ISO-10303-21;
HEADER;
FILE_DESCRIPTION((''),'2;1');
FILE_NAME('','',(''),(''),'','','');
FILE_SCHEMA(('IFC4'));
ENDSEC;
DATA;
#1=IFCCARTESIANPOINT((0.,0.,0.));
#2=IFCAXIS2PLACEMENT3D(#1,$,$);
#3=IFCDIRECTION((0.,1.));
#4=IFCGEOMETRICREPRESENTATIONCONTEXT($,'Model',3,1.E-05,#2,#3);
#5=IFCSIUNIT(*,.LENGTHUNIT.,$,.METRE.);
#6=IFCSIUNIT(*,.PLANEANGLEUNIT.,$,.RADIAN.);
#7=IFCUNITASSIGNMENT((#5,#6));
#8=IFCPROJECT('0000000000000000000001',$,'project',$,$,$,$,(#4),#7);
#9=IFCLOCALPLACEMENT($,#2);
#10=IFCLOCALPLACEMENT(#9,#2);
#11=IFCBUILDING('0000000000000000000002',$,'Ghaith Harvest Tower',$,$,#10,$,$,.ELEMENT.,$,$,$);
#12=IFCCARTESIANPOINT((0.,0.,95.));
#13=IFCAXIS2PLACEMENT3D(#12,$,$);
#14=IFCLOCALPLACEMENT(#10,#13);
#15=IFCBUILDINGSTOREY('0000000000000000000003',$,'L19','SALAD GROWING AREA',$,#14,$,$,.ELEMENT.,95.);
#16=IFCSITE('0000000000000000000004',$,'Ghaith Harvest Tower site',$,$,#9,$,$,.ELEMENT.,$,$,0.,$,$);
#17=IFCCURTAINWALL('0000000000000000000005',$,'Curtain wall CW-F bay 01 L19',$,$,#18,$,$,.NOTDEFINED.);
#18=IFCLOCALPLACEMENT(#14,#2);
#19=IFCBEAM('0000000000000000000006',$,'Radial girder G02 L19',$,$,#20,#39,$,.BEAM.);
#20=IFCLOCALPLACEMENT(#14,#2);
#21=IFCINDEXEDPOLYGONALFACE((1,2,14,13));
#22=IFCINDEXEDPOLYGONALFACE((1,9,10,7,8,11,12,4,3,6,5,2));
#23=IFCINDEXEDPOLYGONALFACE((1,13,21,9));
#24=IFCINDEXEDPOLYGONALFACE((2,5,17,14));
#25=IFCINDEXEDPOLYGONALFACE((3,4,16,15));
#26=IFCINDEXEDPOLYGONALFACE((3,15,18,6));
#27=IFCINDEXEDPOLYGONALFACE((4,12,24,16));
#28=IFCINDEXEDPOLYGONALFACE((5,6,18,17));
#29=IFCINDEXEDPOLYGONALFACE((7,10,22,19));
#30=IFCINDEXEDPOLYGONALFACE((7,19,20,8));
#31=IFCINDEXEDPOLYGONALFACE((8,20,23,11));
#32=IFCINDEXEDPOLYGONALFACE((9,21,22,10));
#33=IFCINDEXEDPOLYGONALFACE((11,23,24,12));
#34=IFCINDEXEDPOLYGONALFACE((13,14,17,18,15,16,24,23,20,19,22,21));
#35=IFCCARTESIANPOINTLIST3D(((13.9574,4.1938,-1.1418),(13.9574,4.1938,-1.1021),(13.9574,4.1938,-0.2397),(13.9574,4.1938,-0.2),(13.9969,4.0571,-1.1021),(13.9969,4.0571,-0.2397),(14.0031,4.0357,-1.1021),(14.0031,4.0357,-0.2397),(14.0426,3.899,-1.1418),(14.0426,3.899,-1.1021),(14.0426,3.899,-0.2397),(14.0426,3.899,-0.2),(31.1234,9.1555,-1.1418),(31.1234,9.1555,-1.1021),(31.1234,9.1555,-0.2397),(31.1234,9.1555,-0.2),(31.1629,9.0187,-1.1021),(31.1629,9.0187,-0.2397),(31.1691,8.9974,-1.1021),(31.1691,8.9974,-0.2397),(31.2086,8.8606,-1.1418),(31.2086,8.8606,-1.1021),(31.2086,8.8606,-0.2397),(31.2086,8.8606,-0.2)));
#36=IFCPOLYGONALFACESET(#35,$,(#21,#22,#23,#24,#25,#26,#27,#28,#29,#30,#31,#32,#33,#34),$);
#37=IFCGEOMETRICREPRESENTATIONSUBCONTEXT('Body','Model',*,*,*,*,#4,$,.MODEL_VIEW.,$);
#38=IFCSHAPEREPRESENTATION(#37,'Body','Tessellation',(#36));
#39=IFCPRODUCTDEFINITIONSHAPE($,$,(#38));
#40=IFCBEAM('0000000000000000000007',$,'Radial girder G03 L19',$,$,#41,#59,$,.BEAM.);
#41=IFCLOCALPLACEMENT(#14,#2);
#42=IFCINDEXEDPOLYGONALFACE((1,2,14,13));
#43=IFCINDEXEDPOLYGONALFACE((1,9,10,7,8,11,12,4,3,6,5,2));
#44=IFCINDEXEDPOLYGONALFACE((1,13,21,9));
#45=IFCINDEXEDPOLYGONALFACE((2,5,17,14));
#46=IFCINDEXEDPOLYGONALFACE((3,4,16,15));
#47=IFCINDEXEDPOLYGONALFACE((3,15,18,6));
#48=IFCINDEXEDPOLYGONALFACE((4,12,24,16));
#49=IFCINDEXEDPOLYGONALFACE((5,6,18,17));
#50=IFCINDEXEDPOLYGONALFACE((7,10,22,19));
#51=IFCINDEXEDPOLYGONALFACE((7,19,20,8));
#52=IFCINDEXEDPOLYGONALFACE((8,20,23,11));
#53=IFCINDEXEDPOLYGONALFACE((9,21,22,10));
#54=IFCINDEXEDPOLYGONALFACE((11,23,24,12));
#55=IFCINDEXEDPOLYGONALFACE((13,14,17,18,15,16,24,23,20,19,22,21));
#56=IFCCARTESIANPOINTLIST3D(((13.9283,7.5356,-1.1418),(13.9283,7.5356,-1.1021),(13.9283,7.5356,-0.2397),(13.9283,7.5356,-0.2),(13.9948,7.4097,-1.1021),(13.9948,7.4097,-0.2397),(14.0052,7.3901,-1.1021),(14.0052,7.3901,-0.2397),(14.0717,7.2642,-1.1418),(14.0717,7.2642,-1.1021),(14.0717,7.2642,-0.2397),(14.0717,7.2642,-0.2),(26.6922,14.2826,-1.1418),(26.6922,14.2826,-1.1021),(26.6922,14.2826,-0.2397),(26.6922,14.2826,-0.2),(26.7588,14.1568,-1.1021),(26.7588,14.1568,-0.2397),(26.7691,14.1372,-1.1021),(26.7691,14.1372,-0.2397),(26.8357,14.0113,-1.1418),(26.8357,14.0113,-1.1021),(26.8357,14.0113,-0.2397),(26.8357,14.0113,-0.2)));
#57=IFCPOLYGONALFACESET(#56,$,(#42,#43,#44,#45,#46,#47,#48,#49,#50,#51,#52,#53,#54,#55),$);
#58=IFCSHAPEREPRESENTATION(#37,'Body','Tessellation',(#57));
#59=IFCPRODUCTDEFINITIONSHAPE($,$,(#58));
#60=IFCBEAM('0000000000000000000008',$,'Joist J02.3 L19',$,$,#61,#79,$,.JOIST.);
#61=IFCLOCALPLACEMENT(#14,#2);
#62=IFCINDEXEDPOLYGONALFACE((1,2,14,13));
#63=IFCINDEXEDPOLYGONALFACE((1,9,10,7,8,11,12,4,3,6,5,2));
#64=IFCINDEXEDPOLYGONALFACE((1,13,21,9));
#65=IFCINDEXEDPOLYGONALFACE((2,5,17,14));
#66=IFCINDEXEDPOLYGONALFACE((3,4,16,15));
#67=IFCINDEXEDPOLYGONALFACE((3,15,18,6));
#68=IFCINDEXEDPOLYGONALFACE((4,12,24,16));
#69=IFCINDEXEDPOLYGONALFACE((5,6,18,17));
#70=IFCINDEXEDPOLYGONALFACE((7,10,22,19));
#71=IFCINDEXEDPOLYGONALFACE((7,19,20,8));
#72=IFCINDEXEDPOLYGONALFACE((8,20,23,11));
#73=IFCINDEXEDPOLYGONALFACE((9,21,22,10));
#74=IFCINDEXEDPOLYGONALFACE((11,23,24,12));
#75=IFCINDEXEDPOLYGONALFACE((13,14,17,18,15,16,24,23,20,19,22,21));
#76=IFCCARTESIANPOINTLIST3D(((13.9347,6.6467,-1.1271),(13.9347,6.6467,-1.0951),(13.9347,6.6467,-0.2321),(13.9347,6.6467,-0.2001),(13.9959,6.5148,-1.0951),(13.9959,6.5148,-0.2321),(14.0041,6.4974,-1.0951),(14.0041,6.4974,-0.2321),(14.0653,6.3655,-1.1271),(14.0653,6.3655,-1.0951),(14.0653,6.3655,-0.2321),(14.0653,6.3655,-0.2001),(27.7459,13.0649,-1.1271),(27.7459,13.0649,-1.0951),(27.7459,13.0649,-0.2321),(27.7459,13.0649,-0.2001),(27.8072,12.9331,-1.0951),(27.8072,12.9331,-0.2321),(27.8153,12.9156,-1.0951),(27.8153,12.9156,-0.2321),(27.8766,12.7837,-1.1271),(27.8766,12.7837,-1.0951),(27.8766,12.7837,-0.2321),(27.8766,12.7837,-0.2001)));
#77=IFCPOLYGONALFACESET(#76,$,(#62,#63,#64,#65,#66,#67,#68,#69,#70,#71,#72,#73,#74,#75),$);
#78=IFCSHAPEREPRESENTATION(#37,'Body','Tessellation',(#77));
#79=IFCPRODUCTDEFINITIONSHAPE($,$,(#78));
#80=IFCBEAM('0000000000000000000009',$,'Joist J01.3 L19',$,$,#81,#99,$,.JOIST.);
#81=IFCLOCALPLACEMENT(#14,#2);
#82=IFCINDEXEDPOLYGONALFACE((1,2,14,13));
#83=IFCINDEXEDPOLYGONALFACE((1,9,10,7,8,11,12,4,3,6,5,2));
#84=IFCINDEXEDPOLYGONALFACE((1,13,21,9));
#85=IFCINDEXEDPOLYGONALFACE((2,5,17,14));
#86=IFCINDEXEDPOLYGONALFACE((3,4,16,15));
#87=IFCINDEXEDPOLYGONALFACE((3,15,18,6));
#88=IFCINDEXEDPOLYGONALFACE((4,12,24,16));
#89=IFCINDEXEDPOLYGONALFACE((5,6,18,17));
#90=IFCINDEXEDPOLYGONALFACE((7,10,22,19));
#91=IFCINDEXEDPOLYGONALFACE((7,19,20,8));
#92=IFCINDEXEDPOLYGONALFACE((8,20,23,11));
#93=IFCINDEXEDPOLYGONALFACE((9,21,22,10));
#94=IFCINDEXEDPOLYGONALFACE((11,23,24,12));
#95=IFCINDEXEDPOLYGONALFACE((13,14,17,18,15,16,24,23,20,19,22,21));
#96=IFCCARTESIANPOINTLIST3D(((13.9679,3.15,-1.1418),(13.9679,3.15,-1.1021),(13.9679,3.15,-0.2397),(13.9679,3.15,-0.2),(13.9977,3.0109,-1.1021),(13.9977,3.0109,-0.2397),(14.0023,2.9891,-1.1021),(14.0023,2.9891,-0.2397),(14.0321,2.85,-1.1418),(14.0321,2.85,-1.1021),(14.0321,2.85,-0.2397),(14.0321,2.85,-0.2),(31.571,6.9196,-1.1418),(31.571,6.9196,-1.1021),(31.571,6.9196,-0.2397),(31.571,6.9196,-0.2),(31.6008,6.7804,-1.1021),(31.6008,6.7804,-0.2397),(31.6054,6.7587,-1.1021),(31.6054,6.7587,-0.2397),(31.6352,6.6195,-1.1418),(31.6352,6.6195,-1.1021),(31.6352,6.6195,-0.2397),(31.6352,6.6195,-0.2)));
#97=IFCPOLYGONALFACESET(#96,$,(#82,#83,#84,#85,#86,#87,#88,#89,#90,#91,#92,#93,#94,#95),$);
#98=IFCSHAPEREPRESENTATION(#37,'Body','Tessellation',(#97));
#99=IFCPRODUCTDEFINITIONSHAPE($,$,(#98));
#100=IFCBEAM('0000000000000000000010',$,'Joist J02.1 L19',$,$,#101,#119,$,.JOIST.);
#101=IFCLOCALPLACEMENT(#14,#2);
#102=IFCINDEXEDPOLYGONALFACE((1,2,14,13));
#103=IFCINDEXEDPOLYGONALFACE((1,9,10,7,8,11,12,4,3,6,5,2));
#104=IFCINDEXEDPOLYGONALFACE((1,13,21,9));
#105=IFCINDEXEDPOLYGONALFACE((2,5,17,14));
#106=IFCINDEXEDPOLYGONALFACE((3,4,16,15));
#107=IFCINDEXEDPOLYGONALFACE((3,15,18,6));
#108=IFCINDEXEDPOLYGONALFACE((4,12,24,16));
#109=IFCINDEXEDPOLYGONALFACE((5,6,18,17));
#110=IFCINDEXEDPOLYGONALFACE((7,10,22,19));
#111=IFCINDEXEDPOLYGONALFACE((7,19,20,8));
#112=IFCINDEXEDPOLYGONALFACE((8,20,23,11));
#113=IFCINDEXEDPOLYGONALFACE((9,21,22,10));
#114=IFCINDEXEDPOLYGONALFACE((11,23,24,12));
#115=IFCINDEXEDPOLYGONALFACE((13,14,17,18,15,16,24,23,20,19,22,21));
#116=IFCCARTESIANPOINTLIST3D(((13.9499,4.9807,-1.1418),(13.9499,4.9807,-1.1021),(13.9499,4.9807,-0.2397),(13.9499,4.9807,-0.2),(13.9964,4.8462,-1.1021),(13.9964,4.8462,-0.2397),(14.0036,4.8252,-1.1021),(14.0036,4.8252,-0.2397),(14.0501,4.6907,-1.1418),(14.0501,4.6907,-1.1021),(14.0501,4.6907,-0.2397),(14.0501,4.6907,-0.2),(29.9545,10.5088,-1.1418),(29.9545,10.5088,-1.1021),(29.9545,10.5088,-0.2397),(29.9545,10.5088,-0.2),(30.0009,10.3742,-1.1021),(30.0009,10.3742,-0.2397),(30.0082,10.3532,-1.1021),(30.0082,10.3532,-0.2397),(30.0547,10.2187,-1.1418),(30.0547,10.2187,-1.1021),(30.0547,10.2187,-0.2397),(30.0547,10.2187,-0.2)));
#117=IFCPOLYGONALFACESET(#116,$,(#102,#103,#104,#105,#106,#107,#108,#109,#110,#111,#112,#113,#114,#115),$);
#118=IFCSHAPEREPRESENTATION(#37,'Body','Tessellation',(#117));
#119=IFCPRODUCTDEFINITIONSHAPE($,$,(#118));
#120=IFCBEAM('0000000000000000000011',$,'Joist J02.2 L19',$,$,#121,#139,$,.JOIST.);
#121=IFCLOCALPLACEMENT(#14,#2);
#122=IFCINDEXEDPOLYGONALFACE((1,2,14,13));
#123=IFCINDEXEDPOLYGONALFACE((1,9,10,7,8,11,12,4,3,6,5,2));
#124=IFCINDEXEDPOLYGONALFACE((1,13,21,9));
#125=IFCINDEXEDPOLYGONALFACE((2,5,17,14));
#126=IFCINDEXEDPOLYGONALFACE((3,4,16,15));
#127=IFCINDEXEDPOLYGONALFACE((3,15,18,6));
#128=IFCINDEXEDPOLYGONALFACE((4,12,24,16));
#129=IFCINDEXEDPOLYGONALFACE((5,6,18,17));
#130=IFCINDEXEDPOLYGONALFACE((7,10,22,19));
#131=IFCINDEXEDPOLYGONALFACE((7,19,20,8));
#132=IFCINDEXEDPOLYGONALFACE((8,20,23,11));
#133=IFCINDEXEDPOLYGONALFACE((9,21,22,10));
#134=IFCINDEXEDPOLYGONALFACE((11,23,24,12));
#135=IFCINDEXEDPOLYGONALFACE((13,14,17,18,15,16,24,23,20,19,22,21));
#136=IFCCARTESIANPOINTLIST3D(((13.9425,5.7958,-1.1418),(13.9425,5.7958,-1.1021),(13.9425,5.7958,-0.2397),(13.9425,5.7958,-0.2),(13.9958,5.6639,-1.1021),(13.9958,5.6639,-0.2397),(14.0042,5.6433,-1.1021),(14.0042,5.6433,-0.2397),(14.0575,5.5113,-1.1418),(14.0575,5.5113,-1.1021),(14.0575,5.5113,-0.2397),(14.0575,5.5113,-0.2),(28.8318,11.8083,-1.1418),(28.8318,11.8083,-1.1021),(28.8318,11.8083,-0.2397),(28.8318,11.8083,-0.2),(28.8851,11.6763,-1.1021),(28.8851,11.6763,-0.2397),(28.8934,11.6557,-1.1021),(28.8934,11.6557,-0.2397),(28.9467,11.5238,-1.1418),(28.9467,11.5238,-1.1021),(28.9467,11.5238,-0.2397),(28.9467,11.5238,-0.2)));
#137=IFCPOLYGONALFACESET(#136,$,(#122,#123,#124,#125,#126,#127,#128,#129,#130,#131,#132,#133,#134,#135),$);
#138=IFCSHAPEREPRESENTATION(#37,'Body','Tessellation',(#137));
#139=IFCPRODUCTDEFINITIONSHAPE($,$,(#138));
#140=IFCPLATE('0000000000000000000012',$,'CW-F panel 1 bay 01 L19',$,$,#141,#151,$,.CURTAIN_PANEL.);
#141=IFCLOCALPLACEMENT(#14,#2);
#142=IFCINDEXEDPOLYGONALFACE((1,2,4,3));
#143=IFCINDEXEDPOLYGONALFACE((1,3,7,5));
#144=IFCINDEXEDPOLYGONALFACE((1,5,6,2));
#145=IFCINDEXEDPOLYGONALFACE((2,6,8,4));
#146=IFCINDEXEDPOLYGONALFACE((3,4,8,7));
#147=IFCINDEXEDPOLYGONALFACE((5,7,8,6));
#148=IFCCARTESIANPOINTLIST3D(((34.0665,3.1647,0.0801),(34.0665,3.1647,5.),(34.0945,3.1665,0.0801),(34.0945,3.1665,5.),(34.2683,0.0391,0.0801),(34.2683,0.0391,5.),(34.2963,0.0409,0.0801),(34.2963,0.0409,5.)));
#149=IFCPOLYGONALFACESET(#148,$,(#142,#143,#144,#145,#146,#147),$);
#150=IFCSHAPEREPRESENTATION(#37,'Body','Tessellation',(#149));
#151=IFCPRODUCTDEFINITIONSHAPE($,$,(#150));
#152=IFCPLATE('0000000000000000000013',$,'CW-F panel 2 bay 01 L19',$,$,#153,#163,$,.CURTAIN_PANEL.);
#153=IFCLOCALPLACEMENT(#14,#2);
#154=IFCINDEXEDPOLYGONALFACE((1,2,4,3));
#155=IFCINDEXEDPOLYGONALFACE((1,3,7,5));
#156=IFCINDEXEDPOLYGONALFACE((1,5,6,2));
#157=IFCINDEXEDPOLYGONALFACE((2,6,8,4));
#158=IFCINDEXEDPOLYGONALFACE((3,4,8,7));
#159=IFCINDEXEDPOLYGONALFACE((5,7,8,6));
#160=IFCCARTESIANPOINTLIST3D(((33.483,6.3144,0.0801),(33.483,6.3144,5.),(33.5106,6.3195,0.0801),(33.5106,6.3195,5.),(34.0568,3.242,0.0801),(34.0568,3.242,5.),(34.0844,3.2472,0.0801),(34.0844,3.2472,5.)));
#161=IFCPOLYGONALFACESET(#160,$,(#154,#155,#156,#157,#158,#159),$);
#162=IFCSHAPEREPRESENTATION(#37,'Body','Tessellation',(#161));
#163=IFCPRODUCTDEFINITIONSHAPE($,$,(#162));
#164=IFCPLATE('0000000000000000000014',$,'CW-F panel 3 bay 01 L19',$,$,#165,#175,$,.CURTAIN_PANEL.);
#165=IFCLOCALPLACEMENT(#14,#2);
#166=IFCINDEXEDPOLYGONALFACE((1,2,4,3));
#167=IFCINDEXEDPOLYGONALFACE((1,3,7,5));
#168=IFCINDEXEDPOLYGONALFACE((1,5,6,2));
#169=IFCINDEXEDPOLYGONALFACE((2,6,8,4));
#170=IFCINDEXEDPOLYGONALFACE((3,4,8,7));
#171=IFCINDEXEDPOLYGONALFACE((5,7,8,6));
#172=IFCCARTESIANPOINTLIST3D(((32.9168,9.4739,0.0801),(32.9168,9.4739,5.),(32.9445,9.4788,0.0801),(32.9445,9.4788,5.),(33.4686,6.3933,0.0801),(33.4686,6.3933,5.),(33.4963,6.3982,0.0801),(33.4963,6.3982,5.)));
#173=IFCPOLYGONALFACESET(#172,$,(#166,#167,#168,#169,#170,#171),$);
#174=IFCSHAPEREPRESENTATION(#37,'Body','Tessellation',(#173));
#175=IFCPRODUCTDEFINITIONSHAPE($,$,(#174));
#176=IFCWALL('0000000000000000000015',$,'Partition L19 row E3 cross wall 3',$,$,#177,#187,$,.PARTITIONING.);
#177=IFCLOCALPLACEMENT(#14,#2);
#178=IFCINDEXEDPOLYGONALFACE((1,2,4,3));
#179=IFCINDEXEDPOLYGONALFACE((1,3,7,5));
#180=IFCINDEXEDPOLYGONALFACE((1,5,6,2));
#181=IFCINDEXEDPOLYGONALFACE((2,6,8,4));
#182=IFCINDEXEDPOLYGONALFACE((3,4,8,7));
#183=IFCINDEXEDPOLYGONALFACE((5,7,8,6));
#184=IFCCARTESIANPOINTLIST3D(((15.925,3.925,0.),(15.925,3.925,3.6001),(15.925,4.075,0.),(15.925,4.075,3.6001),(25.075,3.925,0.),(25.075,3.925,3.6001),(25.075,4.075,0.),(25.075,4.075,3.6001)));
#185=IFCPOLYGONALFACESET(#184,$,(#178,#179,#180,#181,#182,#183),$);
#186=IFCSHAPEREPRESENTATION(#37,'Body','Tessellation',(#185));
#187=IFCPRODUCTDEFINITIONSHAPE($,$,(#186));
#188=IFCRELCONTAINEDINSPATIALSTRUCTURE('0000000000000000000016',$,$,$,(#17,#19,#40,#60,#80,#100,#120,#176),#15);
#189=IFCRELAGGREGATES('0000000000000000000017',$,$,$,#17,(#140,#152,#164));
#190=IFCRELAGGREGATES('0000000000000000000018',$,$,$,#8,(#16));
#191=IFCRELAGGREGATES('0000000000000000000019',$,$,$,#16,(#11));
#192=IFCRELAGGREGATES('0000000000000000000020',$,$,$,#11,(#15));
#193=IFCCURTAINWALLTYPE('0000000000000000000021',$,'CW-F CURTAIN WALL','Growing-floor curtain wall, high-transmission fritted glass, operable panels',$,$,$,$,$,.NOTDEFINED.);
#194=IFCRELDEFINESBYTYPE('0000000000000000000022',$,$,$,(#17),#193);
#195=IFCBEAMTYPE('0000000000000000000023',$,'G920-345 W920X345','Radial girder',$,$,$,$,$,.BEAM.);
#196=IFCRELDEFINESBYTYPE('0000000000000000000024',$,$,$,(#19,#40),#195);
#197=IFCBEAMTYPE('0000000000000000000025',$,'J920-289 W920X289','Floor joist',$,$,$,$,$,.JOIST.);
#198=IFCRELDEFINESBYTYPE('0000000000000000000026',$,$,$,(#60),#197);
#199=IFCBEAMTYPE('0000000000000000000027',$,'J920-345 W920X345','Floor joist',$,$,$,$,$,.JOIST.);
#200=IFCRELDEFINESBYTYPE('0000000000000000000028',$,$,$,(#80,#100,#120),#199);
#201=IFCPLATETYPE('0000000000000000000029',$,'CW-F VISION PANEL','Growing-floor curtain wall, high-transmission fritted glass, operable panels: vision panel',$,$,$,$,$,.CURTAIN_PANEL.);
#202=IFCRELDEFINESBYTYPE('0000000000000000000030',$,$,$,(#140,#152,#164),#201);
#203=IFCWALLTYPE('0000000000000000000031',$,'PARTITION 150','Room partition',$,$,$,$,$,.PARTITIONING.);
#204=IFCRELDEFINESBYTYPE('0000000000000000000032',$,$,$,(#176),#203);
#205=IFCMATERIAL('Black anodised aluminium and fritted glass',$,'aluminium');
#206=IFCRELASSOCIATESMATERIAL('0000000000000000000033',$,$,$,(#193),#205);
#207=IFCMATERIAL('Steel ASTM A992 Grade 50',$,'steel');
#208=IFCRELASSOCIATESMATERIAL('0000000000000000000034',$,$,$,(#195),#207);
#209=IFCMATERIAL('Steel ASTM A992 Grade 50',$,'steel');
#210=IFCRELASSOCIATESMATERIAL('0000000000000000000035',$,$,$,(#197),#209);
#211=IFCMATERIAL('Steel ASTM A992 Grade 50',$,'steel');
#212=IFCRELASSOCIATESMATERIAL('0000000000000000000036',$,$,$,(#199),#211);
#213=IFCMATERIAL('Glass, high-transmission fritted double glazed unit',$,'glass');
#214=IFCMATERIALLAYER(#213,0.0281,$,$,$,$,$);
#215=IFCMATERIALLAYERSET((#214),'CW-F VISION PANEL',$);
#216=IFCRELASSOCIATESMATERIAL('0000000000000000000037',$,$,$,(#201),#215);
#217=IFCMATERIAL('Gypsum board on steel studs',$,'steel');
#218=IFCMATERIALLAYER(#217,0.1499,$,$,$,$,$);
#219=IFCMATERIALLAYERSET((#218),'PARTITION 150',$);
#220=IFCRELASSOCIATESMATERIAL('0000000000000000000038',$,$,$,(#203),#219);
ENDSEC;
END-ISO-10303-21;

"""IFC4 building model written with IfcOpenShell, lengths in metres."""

from ifc_helpers import new_model, si_unit, direction, frame, frame_2d, origin, origin_2d, place, context, subcontext, project, spatial, rectangle, i_section, extrude, material, layer, layer_set, material_profile, profile_set, type_object, element, aggregate, save


model = new_model("IFC4")

# Units and contexts
model_context = context("Model", 3, precision=1e-05, world=origin(), true_north=direction((0.0, 1.0)))
body_context = subcontext(model_context, "Body", "Model", "MODEL_VIEW")
ifc_project = project(units=[si_unit("LENGTHUNIT", "METRE"), si_unit("PLANEANGLEUNIT", "RADIAN")], contexts=[model_context])

# Site, building, storey
site_placement = place(None, origin())
site = spatial("IfcSite", under=ifc_project, at=site_placement, Name="Ghaith Harvest Tower site", CompositionType="ELEMENT", RefElevation=0.0)
building_placement = place(site_placement, origin())
building = spatial("IfcBuilding", under=site, at=building_placement, Name="Ghaith Harvest Tower", CompositionType="ELEMENT")
storey_placement = place(building_placement, frame((0.0, 0.0, 95.0)))
storey = spatial("IfcBuildingStorey", under=building, at=storey_placement, Name="L19", Description="SALAD GROWING AREA", CompositionType="ELEMENT", Elevation=95.0)

# Curtain wall
ifc_material_1 = material(Name="Black anodised aluminium and fritted glass", Category="aluminium")
curtain_wall_type = type_object("IfcCurtainWallType", Name="CW-F CURTAIN WALL", Description="Growing-floor curtain wall, high-transmission fritted glass, operable panels", PredefinedType="NOTDEFINED", material=ifc_material_1)
curtain_wall_1_placement = place(storey_placement, origin())
curtain_wall_1 = element("IfcCurtainWall", 1, at=curtain_wall_1_placement, inside=storey, type_object=curtain_wall_type, Name="Curtain wall CW-F bay 01 L19", PredefinedType="NOTDEFINED")

# Beams
ifc_material_2 = material(Name="Steel ASTM A992 Grade 50", Category="steel")
ifc_material_profile_1 = material_profile(ifc_material_2, i_section(OverallWidth=0.3069, OverallDepth=0.9419, WebThickness=0.0222, FlangeThickness=0.0398, at=origin_2d()), Name="W920X345")
ifc_profile_set_1 = profile_set([ifc_material_profile_1], Name="Steel ASTM A992 Grade 50")
beam_type_1 = type_object("IfcBeamType", Name="G920-345 W920X345", Description="Radial girder", PredefinedType="BEAM", material=ifc_profile_set_1)
beam_1_placement = place(storey_placement, frame((14.0, 4.0464, -0.6709), z_axis=(0.960675, 0.277674, 0.0), x_axis=(-0.277674, 0.960675, 0.0)))
element("IfcBeam", 2, at=beam_1_placement, inside=storey, type_object=beam_type_1, Name="Radial girder G02 L19", PredefinedType="BEAM", context=body_context, shape_type="SweptSolid", body=[
    extrude(i_section(OverallWidth=0.3069, OverallDepth=0.9419, WebThickness=0.0222, FlangeThickness=0.0398, at=origin_2d()), origin(), (0.0, 0.0, 1.0), 17.8687),
])
beam_2_placement = place(storey_placement, frame((14.0, 7.3999, -0.6709), z_axis=(0.884083, 0.467331, 0.0), x_axis=(-0.467331, 0.884083, 0.0)))
element("IfcBeam", 3, at=beam_2_placement, inside=storey, type_object=beam_type_1, Name="Radial girder G03 L19", PredefinedType="BEAM", context=body_context, shape_type="SweptSolid", body=[
    extrude(i_section(OverallWidth=0.3069, OverallDepth=0.9419, WebThickness=0.0222, FlangeThickness=0.0398, at=origin_2d()), origin(), (0.0, 0.0, 1.0), 14.4375),
])
ifc_material_3 = material(Name="Steel ASTM A992 Grade 50", Category="steel")
ifc_material_profile_2 = material_profile(ifc_material_3, i_section(OverallWidth=0.3101, OverallDepth=0.927, WebThickness=0.0193, FlangeThickness=0.032, at=origin_2d()), Name="W920X289")
ifc_profile_set_2 = profile_set([ifc_material_profile_2], Name="Steel ASTM A992 Grade 50")
beam_type_2 = type_object("IfcBeamType", Name="J920-289 W920X289", Description="Floor joist", PredefinedType="JOIST", material=ifc_profile_set_2)
beam_3_placement = place(storey_placement, frame((14.0, 6.5061, -0.6636), z_axis=(0.906863, 0.421426, 0.0), x_axis=(-0.421426, 0.906863, 0.0)))
element("IfcBeam", 4, at=beam_3_placement, inside=storey, type_object=beam_type_2, Name="Joist J02.3 L19", PredefinedType="JOIST", context=body_context, shape_type="SweptSolid", body=[
    extrude(i_section(OverallWidth=0.3101, OverallDepth=0.927, WebThickness=0.0193, FlangeThickness=0.032, at=origin_2d()), origin(), (0.0, 0.0, 1.0), 15.2297),
])
ifc_material_4 = material(Name="Steel ASTM A992 Grade 50", Category="steel")
ifc_material_profile_3 = material_profile(ifc_material_4, i_section(OverallWidth=0.3069, OverallDepth=0.9419, WebThickness=0.0222, FlangeThickness=0.0398, at=origin_2d()), Name="W920X345")
ifc_profile_set_3 = profile_set([ifc_material_profile_3], Name="Steel ASTM A992 Grade 50")
beam_type_3 = type_object("IfcBeamType", Name="J920-345 W920X345", Description="Floor joist", PredefinedType="JOIST", material=ifc_profile_set_3)
beam_4_placement = place(storey_placement, frame((14.0, 3.0, -0.6709), z_axis=(0.977831, 0.209394, 0.0), x_axis=(-0.209394, 0.977831, 0.0)))
element("IfcBeam", 5, at=beam_4_placement, inside=storey, type_object=beam_type_3, Name="Joist J01.3 L19", PredefinedType="JOIST", context=body_context, shape_type="SweptSolid", body=[
    extrude(i_section(OverallWidth=0.3069, OverallDepth=0.9419, WebThickness=0.0222, FlangeThickness=0.0398, at=origin_2d()), origin(), (0.0, 0.0, 1.0), 18.0022),
])
beam_5_placement = place(storey_placement, frame((14.0, 4.8357, -0.6709), z_axis=(0.945205, 0.326478, 0.0), x_axis=(-0.326478, 0.945205, 0.0)))
element("IfcBeam", 6, at=beam_5_placement, inside=storey, type_object=beam_type_3, Name="Joist J02.1 L19", PredefinedType="JOIST", context=body_context, shape_type="SweptSolid", body=[
    extrude(i_section(OverallWidth=0.3069, OverallDepth=0.9419, WebThickness=0.0222, FlangeThickness=0.0398, at=origin_2d()), origin(), (0.0, 0.0, 1.0), 16.9324),
])
beam_6_placement = place(storey_placement, frame((14.0, 5.6536, -0.6709), z_axis=(0.927252, 0.374437, 0.0), x_axis=(-0.374437, 0.927252, 0.0)))
element("IfcBeam", 7, at=beam_6_placement, inside=storey, type_object=beam_type_3, Name="Joist J02.2 L19", PredefinedType="JOIST", context=body_context, shape_type="SweptSolid", body=[
    extrude(i_section(OverallWidth=0.3069, OverallDepth=0.9419, WebThickness=0.0222, FlangeThickness=0.0398, at=origin_2d()), origin(), (0.0, 0.0, 1.0), 16.0574),
])

# Plates
ifc_material_5 = material(Name="Glass, high-transmission fritted double glazed unit", Category="glass")
ifc_layer_1 = layer(ifc_material_5, 0.0281)
ifc_layer_set_1 = layer_set([ifc_layer_1], Name="CW-F VISION PANEL")
plate_type = type_object("IfcPlateType", Name="CW-F VISION PANEL", Description="Growing-floor curtain wall, high-transmission fritted glass, operable panels: vision panel", PredefinedType="CURTAIN_PANEL", material=ifc_layer_set_1)
plate_1_placement = place(storey_placement, frame((34.1814, 1.6028, 0.0801), z_axis=(0.0, 0.0, 1.0), x_axis=(-0.064446, 0.997921, 0.0)))
plate_1 = element("IfcPlate", 8, at=plate_1_placement, type_object=plate_type, Name="CW-F panel 1 bay 01 L19", PredefinedType="CURTAIN_PANEL", context=body_context, shape_type="SweptSolid", body=[
    extrude(rectangle(XDim=3.1321, YDim=0.0281, at=origin_2d()), origin(), (0.0, 0.0, 1.0), 4.9199),
])
plate_2_placement = place(storey_placement, frame((33.7837, 4.7808, 0.0801), z_axis=(0.0, 0.0, 1.0), x_axis=(-0.183569, 0.983007, 0.0)))
plate_2 = element("IfcPlate", 9, at=plate_2_placement, type_object=plate_type, Name="CW-F panel 2 bay 01 L19", PredefinedType="CURTAIN_PANEL", context=body_context, shape_type="SweptSolid", body=[
    extrude(rectangle(XDim=3.1255, YDim=0.0281, at=origin_2d()), origin(), (0.0, 0.0, 1.0), 4.9199),
])
plate_3_placement = place(storey_placement, frame((33.2065, 7.936, 0.0801), z_axis=(0.0, 0.0, 1.0), x_axis=(-0.17632, 0.984333, 0.0)))
plate_3 = element("IfcPlate", 10, at=plate_3_placement, type_object=plate_type, Name="CW-F panel 3 bay 01 L19", PredefinedType="CURTAIN_PANEL", context=body_context, shape_type="SweptSolid", body=[
    extrude(rectangle(XDim=3.1296, YDim=0.0281, at=origin_2d()), origin(), (0.0, 0.0, 1.0), 4.9199),
])
aggregate(curtain_wall_1, [plate_1, plate_2, plate_3])

# Wall
ifc_material_6 = material(Name="Gypsum board on steel studs", Category="steel")
ifc_layer_2 = layer(ifc_material_6, 0.1499)
ifc_layer_set_2 = layer_set([ifc_layer_2], Name="PARTITION 150")
wall_type_1 = type_object("IfcWallType", Name="PARTITION 150", Description="Room partition", PredefinedType="PARTITIONING", material=ifc_layer_set_2)
wall_1_placement = place(storey_placement, frame((15.925, 4.0, 0.0), z_axis=(0.0, 0.0, 1.0), x_axis=(1.0, 0.0, 0.0)))
element("IfcWall", 11, at=wall_1_placement, inside=storey, type_object=wall_type_1, Name="Partition L19 row E3 cross wall 3", PredefinedType="PARTITIONING", context=body_context, shape_type="SweptSolid", body=[
    extrude(rectangle(XDim=9.1499, YDim=0.1499, at=frame_2d((4.575, 0.0))), origin(), (0.0, 0.0, 1.0), 3.6001),
])

save(model, "model.ifc")
